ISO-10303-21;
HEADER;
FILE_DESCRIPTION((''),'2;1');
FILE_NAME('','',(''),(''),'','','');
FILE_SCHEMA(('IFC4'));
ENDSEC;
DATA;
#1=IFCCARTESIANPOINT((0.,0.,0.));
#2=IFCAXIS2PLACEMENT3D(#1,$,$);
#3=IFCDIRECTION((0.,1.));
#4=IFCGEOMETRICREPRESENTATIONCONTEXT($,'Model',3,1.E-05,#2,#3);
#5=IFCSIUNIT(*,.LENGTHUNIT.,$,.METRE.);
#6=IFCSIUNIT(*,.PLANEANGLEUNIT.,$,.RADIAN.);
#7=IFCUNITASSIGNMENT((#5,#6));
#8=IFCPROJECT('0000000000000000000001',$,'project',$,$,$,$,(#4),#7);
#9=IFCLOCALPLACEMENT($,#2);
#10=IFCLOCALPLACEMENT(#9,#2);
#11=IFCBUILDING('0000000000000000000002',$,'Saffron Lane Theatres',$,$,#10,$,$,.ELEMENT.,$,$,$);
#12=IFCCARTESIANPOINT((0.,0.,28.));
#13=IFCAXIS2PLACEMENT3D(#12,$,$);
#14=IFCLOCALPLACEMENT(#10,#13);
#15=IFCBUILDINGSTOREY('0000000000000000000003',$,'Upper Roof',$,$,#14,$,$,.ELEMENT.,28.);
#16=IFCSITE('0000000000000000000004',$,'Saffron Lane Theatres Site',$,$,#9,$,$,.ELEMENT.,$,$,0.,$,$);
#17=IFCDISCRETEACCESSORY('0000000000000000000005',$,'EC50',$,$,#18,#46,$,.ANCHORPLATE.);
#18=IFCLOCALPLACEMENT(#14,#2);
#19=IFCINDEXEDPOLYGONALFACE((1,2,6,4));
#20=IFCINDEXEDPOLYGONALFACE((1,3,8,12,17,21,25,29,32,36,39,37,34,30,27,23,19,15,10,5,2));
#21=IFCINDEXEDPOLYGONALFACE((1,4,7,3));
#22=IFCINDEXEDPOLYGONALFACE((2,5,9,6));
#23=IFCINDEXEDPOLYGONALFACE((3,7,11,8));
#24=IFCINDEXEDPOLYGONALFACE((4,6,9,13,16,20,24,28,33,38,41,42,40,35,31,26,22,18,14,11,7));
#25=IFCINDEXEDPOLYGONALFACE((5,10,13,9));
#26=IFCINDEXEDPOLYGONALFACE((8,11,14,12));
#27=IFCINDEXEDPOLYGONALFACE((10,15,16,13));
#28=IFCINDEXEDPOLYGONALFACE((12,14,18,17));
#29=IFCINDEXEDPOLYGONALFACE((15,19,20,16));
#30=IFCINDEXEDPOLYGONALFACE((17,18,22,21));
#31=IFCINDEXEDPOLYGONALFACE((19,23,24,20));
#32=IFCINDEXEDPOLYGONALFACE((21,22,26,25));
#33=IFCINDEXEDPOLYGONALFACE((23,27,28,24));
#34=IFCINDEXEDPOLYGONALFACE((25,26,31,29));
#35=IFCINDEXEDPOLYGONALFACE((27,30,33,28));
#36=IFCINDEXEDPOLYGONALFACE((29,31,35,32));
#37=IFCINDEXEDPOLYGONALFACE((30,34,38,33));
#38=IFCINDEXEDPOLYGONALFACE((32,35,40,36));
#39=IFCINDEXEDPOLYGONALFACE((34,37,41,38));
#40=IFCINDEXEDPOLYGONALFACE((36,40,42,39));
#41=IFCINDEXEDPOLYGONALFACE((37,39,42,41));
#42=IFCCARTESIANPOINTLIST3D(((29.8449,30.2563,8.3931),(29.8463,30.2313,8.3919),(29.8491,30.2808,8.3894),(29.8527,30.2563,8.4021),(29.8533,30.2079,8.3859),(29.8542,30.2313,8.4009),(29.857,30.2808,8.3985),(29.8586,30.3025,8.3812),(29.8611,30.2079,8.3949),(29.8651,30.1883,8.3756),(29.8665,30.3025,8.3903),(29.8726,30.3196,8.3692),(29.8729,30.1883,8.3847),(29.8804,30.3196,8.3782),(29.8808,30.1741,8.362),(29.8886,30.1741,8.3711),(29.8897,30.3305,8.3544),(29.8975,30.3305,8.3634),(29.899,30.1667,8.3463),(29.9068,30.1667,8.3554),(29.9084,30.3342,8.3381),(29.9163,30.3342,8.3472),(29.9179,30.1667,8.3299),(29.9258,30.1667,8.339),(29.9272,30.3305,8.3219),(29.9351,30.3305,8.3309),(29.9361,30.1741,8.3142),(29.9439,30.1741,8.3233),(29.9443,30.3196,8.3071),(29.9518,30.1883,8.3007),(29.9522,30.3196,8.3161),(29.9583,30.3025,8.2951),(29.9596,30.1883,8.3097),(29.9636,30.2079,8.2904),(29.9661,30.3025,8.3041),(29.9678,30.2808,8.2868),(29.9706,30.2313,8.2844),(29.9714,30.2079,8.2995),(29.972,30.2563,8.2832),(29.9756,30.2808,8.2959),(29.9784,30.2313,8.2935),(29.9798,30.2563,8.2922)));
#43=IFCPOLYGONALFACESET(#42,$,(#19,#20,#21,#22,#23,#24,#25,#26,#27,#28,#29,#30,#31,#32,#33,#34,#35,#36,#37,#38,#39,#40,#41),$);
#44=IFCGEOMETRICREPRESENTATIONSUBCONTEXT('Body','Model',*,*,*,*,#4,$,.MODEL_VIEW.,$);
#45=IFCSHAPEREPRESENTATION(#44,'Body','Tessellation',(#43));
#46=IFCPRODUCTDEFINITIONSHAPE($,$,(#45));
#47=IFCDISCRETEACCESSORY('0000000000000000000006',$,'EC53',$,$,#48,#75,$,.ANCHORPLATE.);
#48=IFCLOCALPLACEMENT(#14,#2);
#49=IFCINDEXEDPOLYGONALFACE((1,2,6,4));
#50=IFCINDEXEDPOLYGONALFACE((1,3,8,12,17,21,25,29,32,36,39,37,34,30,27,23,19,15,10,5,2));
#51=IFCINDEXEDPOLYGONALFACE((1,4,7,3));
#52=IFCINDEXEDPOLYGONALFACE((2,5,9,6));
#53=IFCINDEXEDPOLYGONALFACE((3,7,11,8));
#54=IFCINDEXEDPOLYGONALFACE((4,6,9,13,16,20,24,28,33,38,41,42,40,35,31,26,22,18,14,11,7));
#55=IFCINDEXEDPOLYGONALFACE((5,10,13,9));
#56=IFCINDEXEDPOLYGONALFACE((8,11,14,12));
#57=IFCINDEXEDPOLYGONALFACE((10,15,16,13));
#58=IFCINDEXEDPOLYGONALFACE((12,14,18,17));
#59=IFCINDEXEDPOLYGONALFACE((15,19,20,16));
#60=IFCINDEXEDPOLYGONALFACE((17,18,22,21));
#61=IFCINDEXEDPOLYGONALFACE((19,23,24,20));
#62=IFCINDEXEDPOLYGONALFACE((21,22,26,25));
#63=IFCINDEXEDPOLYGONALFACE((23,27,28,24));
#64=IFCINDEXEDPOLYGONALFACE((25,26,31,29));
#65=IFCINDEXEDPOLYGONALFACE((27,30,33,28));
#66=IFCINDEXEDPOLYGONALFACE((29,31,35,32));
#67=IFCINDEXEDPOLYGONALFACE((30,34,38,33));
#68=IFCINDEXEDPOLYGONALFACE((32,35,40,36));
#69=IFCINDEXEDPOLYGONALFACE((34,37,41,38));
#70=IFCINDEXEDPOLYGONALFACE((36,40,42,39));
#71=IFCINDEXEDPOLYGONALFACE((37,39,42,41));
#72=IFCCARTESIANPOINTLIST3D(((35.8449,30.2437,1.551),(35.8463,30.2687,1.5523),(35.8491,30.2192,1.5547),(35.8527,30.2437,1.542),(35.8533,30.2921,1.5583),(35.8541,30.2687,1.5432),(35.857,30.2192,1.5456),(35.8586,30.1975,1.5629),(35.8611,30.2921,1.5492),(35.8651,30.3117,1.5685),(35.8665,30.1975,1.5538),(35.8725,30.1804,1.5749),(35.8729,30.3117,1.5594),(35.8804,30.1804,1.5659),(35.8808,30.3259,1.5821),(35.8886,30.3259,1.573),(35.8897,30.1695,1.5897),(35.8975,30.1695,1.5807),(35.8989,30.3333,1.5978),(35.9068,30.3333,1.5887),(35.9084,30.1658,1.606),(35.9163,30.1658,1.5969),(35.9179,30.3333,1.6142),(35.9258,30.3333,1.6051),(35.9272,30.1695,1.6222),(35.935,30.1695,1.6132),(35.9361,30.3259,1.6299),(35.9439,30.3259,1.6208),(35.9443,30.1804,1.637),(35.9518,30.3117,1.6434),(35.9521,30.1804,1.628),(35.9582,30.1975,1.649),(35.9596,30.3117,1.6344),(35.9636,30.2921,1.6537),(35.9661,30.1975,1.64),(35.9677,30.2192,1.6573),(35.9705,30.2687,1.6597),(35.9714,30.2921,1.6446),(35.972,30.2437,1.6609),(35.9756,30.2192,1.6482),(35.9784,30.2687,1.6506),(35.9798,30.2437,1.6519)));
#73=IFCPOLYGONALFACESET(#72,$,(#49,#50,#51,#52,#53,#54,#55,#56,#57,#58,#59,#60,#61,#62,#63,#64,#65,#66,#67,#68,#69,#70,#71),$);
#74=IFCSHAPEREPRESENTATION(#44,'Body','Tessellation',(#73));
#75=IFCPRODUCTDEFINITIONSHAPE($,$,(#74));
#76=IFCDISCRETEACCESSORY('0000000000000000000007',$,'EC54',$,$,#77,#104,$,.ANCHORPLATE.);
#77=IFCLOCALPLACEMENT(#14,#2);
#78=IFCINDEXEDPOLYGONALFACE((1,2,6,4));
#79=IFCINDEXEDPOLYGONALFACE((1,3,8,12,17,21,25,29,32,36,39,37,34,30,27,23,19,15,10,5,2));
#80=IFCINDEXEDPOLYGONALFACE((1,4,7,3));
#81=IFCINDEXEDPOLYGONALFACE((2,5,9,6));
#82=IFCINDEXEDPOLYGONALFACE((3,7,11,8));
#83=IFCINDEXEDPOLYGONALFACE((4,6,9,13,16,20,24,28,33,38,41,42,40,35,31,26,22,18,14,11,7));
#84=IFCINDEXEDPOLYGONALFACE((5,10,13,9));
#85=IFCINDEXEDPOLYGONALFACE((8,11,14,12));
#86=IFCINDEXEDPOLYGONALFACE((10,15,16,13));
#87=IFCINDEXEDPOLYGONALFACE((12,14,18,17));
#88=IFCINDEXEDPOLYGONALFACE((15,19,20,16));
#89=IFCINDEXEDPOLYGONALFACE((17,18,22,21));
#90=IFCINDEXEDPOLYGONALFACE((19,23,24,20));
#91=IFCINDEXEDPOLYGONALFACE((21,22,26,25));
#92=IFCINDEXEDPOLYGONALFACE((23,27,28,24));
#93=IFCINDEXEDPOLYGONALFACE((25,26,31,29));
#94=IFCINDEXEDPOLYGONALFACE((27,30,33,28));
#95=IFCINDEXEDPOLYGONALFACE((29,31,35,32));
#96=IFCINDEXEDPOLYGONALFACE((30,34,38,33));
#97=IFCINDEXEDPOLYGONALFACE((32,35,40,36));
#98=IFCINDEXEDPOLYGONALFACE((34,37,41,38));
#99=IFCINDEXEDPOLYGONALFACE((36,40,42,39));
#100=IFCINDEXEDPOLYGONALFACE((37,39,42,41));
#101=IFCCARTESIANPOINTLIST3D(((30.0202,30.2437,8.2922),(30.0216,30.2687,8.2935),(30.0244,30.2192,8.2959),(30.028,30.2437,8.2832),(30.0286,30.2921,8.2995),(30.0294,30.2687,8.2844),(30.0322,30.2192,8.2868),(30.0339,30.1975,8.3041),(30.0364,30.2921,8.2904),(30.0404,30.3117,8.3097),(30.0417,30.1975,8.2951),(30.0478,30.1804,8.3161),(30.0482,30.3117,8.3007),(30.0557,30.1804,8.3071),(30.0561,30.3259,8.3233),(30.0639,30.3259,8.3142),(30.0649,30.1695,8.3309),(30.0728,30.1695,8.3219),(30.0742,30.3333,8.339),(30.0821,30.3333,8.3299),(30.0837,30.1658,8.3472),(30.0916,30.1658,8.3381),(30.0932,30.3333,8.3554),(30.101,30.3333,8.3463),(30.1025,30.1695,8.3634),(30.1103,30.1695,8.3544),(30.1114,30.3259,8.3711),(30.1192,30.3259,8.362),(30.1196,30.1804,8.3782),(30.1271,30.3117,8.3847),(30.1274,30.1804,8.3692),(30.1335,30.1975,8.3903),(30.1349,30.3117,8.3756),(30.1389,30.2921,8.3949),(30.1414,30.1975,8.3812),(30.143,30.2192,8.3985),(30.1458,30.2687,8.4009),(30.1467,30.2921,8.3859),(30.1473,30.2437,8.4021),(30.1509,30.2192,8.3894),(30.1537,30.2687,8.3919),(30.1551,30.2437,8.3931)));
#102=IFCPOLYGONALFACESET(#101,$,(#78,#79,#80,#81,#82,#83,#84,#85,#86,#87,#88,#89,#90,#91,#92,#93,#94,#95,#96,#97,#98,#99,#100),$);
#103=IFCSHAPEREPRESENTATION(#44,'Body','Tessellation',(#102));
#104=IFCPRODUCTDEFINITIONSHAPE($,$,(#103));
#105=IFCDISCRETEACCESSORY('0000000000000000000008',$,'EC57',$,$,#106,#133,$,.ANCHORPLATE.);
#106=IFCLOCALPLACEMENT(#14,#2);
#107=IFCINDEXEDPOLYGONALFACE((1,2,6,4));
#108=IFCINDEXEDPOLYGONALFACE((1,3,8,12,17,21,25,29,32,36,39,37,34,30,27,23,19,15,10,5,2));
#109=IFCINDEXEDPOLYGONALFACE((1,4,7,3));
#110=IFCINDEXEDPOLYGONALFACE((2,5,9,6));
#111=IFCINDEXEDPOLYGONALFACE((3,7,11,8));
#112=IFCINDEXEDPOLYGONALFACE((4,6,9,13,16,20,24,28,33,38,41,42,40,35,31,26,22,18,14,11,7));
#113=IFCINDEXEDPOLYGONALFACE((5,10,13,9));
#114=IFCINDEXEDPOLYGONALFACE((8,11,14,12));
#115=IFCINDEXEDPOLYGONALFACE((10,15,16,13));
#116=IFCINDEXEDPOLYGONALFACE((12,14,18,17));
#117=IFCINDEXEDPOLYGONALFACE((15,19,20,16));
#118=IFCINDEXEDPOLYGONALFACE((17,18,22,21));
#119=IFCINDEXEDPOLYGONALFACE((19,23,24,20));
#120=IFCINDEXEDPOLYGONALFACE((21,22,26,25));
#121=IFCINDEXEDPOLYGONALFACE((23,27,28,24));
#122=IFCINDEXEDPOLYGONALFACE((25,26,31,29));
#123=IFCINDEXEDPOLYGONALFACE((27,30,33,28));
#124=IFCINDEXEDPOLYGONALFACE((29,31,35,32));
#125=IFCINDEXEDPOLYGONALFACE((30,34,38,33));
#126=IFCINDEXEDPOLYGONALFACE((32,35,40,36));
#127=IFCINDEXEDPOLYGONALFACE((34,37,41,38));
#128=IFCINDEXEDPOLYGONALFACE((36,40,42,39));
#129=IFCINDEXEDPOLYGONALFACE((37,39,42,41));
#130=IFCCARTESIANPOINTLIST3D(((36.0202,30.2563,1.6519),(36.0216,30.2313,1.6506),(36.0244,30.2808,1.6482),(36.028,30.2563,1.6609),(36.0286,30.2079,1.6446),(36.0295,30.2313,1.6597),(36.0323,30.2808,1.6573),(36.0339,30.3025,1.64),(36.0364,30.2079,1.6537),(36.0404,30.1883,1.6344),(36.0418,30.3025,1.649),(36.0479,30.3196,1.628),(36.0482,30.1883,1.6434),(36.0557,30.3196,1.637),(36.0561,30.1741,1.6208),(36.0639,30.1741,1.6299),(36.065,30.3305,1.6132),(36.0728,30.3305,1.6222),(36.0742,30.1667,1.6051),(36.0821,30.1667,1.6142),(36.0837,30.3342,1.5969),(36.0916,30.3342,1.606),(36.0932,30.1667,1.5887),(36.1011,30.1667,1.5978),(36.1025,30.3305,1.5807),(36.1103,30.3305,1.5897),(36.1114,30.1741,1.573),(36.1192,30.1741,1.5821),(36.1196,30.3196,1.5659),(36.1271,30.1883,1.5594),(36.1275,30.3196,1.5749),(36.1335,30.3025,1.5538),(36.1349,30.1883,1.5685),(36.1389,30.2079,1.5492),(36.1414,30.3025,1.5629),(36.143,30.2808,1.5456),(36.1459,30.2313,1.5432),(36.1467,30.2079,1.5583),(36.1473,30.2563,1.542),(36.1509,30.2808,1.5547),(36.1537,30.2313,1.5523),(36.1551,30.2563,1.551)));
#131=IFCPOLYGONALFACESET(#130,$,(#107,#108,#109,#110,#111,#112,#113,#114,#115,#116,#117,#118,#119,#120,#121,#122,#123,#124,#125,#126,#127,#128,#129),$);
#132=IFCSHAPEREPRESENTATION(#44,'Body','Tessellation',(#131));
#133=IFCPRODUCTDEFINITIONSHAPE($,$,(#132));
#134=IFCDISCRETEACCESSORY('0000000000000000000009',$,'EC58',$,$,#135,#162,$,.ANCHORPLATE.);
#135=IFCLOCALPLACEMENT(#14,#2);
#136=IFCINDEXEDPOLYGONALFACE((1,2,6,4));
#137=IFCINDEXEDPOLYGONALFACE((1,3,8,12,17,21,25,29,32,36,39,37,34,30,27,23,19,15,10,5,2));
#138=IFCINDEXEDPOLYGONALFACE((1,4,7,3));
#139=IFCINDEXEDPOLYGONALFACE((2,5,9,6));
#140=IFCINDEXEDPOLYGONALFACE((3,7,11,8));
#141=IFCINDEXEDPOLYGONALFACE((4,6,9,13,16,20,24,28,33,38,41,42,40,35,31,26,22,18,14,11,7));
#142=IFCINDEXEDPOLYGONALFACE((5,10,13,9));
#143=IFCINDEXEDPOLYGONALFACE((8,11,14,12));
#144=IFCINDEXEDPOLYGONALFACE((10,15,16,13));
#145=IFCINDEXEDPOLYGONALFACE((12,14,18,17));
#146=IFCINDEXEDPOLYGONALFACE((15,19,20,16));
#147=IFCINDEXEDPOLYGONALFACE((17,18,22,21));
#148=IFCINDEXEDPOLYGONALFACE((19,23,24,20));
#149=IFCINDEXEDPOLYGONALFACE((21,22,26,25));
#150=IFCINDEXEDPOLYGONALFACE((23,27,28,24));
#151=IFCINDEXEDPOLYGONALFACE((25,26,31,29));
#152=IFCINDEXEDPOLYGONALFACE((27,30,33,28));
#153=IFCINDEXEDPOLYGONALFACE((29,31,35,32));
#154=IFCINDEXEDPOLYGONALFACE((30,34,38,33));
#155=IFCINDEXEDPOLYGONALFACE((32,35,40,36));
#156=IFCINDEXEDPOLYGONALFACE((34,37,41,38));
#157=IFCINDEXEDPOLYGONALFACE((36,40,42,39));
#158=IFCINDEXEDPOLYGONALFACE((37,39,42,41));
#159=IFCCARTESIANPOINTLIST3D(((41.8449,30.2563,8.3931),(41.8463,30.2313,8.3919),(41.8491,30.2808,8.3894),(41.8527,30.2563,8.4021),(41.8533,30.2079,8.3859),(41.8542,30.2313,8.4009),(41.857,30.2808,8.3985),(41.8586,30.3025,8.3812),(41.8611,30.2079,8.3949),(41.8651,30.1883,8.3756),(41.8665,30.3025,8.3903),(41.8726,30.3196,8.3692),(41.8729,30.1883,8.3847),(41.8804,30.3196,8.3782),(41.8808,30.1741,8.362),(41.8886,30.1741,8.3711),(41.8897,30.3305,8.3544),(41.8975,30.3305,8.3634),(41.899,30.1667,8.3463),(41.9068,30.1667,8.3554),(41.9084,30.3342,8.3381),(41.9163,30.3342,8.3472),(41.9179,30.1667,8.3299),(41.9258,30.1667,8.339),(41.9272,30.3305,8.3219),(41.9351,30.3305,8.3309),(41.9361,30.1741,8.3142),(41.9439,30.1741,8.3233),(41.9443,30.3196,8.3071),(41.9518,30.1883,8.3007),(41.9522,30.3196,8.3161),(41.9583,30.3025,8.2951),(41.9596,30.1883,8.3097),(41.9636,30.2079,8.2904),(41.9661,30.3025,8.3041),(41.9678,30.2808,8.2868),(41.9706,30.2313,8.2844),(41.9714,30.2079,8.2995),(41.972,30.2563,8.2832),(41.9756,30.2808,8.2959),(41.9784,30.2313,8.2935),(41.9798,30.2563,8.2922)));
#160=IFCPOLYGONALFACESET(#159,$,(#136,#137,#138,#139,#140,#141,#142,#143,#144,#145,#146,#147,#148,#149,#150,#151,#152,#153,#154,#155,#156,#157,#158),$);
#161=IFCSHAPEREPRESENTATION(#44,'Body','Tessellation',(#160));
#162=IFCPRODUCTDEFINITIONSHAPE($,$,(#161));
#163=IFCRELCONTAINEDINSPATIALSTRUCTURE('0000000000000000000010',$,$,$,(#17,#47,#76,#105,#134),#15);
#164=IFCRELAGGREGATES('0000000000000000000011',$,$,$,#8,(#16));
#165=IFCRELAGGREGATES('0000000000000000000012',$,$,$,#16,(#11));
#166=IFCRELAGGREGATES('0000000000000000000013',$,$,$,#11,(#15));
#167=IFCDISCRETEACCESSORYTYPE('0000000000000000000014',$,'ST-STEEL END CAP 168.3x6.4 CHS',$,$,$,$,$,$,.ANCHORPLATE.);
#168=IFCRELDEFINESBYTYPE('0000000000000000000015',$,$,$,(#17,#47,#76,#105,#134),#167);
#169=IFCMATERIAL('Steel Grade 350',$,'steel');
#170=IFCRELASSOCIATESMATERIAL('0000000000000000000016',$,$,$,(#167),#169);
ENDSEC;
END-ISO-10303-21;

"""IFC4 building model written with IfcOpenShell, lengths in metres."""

from ifc_helpers import new_model, si_unit, direction, frame, origin, origin_2d, place, context, subcontext, project, spatial, circle, extrude, material, material_profile, profile_set, type_object, element, save


model = new_model("IFC4")

# Units and contexts
model_context = context("Model", 3, precision=1e-05, world=origin(), true_north=direction((0.0, 1.0)))
body_context = subcontext(model_context, "Body", "Model", "MODEL_VIEW")
ifc_project = project(units=[si_unit("LENGTHUNIT", "METRE"), si_unit("PLANEANGLEUNIT", "RADIAN")], contexts=[model_context])

# Site, building, storey
site_placement = place(None, origin())
site = spatial("IfcSite", under=ifc_project, at=site_placement, Name="Saffron Lane Theatres Site", CompositionType="ELEMENT", RefElevation=0.0)
building_placement = place(site_placement, origin())
building = spatial("IfcBuilding", under=site, at=building_placement, Name="Saffron Lane Theatres", CompositionType="ELEMENT")
storey_placement = place(building_placement, frame((0.0, 0.0, 28.0)))
storey = spatial("IfcBuildingStorey", under=building, at=storey_placement, Name="Upper Roof", CompositionType="ELEMENT", Elevation=28.0)

# Discrete accessories
ifc_material_1 = material(Name="Steel Grade 350", Category="steel")
ifc_material_profile_1 = material_profile(ifc_material_1, circle(Radius=0.0842, at=origin_2d()))
ifc_profile_set_1 = profile_set([ifc_material_profile_1], Name="Steel Grade 350")
discrete_accessory_type_1 = type_object("IfcDiscreteAccessoryType", Name="ST-STEEL END CAP 168.3x6.4 CHS", PredefinedType="ANCHORPLATE", material=ifc_profile_set_1)
for number, where, z_axis, x_axis, name in (
    (1, (29.9084, 30.25, 8.3381), (0.654152, 0.0, 0.756363), (0.0, 1.0, 0.0), "EC50"),
    (2, (35.9163, 30.25, 1.5969), (-0.654152, 0.0, 0.756363), (0.0, -1.0, 0.0), "EC53"),
    (3, (30.0916, 30.25, 8.3381), (-0.654152, 0.0, 0.756363), (0.0, -1.0, 0.0), "EC54"),
    (4, (36.0837, 30.25, 1.5969), (0.654152, 0.0, 0.756363), (0.0, 1.0, 0.0), "EC57"),
    (5, (41.9084, 30.25, 8.3381), (0.654152, 0.0, 0.756363), (0.0, 1.0, 0.0), "EC58"),
):
    element("IfcDiscreteAccessory", number, at=place(storey_placement, frame(where, z_axis=z_axis, x_axis=x_axis)), inside=storey, type_object=discrete_accessory_type_1, Name=name, PredefinedType="ANCHORPLATE", context=body_context, shape_type="SweptSolid", body=[
        extrude(circle(Radius=0.0842, at=origin_2d()), origin(), (0.0, 0.0, 1.0), 0.012),
    ])

save(model, "model.ifc")
